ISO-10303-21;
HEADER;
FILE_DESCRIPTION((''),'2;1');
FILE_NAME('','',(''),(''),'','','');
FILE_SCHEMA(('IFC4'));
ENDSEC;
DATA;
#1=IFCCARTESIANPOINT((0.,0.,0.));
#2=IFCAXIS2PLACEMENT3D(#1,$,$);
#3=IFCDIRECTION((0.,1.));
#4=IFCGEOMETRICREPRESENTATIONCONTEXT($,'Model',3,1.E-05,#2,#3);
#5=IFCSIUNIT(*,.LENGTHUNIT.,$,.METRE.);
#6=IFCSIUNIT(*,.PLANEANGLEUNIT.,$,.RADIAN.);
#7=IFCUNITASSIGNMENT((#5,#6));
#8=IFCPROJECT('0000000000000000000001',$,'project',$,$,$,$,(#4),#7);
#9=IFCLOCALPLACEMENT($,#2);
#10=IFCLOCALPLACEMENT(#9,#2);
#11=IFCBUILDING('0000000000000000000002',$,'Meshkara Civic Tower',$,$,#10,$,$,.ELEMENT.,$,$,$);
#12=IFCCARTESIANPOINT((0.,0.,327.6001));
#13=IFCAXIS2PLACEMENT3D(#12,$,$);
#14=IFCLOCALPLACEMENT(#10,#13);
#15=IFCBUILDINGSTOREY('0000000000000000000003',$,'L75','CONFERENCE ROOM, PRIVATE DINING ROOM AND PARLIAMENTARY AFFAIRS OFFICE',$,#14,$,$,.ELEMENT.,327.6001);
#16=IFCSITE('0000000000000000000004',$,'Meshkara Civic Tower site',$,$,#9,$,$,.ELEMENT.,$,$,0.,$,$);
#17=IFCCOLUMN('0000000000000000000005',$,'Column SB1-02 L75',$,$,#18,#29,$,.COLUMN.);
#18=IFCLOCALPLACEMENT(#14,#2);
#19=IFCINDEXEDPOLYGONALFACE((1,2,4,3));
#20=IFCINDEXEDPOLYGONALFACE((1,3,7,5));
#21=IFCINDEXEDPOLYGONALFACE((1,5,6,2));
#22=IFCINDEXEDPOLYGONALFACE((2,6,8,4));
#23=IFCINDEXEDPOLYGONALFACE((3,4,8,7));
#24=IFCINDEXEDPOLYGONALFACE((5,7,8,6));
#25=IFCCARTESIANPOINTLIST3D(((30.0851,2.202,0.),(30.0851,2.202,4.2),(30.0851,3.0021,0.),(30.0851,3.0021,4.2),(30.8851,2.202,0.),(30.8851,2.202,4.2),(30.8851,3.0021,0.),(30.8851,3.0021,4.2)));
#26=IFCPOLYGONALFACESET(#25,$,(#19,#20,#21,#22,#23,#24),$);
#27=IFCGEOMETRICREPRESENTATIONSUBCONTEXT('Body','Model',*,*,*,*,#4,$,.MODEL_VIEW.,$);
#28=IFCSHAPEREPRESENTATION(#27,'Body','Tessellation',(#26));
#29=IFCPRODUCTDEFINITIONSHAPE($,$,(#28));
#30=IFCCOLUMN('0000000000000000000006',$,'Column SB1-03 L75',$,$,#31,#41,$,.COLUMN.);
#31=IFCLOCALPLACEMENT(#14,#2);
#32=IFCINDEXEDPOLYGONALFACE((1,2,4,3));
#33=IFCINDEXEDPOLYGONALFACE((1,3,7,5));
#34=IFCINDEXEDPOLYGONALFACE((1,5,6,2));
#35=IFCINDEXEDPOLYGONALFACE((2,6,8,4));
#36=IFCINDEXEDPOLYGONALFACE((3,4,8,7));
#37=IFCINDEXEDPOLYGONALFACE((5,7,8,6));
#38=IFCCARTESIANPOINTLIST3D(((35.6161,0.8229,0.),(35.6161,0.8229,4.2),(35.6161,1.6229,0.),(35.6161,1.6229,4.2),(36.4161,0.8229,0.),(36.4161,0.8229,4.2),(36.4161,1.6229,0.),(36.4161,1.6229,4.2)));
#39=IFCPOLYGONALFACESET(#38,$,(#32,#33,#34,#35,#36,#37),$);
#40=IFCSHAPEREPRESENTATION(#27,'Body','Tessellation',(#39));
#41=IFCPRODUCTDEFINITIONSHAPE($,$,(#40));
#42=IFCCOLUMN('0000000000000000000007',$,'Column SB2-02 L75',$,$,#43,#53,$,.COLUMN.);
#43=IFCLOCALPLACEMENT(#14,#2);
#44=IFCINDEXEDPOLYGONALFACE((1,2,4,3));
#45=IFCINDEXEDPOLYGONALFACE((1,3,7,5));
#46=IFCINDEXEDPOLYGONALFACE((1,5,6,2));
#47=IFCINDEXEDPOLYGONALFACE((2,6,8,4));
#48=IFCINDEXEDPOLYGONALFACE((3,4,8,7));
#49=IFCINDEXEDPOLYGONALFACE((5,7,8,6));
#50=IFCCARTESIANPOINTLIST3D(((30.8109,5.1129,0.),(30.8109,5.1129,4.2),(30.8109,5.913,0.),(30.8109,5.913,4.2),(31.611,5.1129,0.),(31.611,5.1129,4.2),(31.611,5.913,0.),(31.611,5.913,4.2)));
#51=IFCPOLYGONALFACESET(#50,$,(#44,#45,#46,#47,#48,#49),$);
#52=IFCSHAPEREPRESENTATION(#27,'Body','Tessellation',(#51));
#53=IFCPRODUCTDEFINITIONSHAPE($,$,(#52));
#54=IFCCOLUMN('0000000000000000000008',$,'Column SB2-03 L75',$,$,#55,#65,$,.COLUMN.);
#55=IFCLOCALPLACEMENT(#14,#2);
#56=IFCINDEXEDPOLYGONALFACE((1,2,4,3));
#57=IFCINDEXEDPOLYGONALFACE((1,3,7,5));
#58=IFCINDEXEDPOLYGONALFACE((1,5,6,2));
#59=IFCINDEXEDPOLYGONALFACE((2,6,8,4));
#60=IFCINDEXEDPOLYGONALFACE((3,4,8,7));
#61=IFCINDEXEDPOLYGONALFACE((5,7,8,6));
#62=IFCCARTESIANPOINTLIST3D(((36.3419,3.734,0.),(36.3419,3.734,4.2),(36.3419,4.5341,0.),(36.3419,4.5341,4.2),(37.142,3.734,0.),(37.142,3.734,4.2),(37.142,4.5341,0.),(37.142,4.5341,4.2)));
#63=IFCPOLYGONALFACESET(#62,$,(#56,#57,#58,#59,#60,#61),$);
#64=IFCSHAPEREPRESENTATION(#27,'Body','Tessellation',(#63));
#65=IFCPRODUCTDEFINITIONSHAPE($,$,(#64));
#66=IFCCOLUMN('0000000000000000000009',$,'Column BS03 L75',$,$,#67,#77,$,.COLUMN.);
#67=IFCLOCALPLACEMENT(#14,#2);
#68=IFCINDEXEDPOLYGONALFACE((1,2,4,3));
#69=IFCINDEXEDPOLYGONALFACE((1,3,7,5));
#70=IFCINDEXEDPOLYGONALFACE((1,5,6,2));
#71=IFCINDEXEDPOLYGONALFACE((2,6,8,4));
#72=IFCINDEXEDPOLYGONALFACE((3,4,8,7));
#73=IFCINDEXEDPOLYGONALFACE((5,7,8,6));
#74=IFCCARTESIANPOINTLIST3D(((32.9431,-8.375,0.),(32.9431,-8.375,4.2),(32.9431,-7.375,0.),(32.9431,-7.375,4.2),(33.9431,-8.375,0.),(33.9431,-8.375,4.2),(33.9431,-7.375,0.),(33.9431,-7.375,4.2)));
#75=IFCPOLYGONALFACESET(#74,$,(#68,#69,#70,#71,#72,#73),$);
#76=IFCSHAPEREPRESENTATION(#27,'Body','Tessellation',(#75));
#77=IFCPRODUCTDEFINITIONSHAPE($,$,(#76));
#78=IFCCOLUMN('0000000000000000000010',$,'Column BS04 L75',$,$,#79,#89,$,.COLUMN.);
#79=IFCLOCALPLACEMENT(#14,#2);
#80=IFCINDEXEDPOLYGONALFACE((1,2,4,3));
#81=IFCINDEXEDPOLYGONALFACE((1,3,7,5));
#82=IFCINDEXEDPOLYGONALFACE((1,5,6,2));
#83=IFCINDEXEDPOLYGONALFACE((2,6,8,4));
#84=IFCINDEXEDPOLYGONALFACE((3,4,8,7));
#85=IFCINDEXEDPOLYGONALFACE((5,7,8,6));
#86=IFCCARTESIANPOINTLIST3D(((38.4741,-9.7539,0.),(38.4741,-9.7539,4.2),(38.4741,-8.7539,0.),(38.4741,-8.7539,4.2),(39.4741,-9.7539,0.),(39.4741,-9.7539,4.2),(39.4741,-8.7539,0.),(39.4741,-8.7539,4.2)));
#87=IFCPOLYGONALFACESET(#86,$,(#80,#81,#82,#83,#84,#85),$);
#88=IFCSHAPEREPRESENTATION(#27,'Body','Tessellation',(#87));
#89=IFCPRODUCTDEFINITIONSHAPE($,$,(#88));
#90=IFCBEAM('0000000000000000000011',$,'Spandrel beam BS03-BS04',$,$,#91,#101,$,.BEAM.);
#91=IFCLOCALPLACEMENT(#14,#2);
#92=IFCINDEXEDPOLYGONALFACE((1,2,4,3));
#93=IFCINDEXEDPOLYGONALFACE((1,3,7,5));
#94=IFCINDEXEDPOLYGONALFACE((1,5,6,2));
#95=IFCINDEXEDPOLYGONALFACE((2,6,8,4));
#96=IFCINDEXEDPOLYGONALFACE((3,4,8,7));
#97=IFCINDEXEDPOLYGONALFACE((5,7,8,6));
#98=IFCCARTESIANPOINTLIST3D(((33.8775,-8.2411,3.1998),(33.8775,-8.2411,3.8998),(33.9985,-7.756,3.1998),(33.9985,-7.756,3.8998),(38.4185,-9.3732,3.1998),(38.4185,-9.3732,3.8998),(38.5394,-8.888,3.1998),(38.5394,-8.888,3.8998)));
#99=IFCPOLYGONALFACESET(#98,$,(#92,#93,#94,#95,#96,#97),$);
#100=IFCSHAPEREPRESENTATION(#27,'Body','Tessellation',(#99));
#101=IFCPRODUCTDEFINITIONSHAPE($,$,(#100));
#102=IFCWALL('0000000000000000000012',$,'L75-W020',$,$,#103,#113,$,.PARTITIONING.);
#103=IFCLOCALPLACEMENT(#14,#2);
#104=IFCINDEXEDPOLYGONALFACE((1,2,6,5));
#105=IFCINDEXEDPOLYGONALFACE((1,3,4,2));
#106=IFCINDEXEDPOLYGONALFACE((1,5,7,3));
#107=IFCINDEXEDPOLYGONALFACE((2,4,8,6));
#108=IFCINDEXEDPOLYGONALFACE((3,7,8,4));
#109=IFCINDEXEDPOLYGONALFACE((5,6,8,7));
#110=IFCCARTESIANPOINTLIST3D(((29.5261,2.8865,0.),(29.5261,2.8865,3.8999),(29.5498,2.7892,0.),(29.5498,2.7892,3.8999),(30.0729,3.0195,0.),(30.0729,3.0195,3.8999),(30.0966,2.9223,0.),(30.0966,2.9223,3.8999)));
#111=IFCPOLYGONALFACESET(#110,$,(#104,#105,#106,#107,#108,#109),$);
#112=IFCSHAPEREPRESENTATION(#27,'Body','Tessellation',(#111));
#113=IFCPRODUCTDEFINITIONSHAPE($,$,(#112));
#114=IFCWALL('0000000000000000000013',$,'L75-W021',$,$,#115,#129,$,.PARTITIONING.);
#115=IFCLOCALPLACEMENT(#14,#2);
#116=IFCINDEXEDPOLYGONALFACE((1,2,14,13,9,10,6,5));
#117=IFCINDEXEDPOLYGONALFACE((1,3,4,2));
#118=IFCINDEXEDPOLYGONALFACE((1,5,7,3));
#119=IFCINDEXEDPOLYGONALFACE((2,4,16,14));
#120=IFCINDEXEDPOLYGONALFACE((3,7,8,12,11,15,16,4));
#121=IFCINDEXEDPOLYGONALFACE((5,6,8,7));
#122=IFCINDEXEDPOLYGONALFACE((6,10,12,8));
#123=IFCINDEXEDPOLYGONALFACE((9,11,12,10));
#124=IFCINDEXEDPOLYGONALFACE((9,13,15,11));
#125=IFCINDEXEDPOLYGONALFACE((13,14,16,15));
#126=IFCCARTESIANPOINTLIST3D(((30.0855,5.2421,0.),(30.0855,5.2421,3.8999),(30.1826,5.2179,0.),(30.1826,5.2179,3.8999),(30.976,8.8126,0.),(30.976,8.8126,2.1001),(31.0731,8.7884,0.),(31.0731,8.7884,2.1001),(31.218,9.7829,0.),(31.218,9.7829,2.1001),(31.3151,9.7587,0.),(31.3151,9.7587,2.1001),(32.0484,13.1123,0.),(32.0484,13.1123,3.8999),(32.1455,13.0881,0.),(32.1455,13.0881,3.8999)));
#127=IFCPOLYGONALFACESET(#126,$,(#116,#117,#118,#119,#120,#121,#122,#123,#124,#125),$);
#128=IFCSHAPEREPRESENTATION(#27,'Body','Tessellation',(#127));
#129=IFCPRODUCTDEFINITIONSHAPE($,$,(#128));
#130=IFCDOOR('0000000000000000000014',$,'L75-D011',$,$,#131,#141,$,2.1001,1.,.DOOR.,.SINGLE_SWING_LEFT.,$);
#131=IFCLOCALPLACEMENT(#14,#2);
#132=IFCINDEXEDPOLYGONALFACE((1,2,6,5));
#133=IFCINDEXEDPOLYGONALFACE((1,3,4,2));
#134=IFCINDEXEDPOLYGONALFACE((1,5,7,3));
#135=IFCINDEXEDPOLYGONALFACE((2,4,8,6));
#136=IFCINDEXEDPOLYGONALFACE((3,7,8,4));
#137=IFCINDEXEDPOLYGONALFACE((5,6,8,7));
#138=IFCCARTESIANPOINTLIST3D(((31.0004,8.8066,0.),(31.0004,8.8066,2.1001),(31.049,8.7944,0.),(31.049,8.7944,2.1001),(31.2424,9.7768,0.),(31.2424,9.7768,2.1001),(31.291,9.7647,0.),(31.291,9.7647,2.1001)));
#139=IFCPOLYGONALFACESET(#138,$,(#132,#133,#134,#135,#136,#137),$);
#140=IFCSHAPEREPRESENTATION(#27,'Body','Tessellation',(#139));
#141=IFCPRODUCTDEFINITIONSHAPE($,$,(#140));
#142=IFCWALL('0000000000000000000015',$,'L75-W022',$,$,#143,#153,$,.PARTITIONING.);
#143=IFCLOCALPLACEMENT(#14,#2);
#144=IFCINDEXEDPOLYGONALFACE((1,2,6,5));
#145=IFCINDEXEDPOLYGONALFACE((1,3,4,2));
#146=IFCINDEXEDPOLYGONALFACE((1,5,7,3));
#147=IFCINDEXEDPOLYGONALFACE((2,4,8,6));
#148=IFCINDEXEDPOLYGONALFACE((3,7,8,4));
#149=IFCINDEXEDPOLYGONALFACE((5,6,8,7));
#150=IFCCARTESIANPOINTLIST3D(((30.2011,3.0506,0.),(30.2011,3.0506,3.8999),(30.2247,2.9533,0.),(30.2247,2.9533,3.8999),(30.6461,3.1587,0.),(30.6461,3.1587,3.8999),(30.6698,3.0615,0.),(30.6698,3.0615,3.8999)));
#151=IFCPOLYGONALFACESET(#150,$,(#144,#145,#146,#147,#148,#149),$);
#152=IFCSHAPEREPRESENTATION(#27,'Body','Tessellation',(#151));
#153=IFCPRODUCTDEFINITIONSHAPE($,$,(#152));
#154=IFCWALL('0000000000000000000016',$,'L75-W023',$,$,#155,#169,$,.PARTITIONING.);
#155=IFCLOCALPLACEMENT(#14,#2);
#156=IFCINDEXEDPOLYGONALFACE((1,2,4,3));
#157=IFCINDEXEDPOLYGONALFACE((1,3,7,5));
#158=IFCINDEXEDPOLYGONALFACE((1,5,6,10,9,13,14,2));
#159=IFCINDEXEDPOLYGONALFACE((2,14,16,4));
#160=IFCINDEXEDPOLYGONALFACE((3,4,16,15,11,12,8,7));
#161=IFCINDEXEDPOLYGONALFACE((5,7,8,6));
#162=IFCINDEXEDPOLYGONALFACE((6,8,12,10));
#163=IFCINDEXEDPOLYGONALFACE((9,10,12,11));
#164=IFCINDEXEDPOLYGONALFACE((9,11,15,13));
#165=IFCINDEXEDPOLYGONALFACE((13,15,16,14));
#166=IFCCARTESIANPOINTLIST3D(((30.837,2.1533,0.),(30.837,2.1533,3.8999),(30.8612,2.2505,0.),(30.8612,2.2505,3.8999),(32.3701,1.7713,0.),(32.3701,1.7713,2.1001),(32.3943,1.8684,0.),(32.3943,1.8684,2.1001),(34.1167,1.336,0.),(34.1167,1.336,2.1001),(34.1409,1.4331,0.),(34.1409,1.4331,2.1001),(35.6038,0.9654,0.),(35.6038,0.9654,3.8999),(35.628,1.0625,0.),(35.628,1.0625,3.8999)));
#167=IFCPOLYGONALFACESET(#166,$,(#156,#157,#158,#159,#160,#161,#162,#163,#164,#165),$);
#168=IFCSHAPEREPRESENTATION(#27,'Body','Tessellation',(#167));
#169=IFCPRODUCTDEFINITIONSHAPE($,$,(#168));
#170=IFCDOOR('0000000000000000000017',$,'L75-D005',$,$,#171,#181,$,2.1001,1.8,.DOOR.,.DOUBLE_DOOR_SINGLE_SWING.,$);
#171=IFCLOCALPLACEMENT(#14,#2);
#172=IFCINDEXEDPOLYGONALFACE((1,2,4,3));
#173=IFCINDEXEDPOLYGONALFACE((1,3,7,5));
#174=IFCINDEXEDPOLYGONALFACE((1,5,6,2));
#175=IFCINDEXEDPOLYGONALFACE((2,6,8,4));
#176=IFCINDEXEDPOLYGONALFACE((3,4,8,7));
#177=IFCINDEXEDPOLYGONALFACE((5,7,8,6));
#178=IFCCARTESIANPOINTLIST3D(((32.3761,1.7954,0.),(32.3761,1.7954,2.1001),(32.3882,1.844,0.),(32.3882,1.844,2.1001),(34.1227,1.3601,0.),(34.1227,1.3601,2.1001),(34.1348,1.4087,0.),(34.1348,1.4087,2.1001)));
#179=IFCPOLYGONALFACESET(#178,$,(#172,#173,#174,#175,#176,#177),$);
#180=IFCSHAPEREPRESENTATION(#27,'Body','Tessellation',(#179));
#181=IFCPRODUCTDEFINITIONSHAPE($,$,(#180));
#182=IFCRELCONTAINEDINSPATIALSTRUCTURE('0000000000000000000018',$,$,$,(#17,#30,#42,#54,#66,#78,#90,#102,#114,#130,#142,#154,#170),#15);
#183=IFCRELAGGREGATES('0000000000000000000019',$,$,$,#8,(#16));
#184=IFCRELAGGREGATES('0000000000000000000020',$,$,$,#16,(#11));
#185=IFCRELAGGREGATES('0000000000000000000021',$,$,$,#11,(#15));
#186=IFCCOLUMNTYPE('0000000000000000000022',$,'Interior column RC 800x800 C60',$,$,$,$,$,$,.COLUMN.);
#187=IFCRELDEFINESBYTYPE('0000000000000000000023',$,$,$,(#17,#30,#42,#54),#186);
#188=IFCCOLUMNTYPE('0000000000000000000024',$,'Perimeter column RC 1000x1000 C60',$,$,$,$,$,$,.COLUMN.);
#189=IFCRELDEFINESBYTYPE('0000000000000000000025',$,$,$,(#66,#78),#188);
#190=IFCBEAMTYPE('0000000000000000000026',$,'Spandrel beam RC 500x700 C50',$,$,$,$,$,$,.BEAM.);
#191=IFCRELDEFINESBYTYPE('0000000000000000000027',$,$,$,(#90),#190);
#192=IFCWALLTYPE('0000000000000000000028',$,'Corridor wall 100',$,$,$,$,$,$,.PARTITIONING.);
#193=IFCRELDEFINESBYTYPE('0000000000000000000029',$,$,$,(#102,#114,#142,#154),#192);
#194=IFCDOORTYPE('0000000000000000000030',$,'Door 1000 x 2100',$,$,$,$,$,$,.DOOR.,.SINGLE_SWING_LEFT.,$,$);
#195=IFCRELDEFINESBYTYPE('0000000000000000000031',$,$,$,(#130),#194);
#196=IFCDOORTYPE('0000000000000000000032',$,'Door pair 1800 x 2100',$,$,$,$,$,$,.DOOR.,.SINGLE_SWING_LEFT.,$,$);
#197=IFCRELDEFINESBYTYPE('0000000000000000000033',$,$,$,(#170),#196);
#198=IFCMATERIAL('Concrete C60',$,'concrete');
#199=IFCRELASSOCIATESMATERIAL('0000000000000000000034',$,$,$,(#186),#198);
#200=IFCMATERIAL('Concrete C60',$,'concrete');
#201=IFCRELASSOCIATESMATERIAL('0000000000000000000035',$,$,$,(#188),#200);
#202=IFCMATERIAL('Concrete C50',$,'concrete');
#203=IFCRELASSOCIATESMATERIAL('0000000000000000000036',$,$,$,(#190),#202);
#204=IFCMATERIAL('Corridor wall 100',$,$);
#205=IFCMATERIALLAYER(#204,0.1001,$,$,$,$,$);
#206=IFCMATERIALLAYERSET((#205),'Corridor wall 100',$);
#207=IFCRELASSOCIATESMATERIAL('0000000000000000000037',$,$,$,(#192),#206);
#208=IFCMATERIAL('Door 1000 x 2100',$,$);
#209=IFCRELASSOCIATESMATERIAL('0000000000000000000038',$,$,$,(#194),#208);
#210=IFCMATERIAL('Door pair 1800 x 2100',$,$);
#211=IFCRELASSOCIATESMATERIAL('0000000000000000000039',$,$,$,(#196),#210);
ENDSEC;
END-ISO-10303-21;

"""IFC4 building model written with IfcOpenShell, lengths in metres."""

from ifc_helpers import new_model, si_unit, direction, frame, frame_2d, origin, origin_2d, place, context, subcontext, project, spatial, rectangle, extrude, material, layer, layer_set, material_profile, profile_set, type_object, element, fill, save


model = new_model("IFC4")

# Units and contexts
model_context = context("Model", 3, precision=1e-05, world=origin(), true_north=direction((0.0, 1.0)))
body_context = subcontext(model_context, "Body", "Model", "MODEL_VIEW")
ifc_project = project(units=[si_unit("LENGTHUNIT", "METRE"), si_unit("PLANEANGLEUNIT", "RADIAN")], contexts=[model_context])

# Site, building, storey
site_placement = place(None, origin())
site = spatial("IfcSite", under=ifc_project, at=site_placement, Name="Meshkara Civic Tower site", CompositionType="ELEMENT", RefElevation=0.0)
building_placement = place(site_placement, origin())
building = spatial("IfcBuilding", under=site, at=building_placement, Name="Meshkara Civic Tower", CompositionType="ELEMENT")
storey_placement = place(building_placement, frame((0.0, 0.0, 327.6001)))
storey = spatial("IfcBuildingStorey", under=building, at=storey_placement, Name="L75", Description="CONFERENCE ROOM, PRIVATE DINING ROOM AND PARLIAMENTARY AFFAIRS OFFICE", CompositionType="ELEMENT", Elevation=327.6001)

# Columns
ifc_material_1 = material(Name="Concrete C60", Category="concrete")
ifc_material_profile_1 = material_profile(ifc_material_1, rectangle(XDim=0.8, YDim=0.8, at=origin_2d()))
ifc_profile_set_1 = profile_set([ifc_material_profile_1], Name="Concrete C60")
column_type_1 = type_object("IfcColumnType", Name="Interior column RC 800x800 C60", PredefinedType="COLUMN", material=ifc_profile_set_1)
for number, where, z_axis, x_axis, name in (
    (1, (30.4851, 2.6021, 0.0), (0.0, 0.0, 1.0), (1.0, 0.0, 0.0), "Column SB1-02 L75"),
    (2, (36.0161, 1.2229, 0.0), (0.0, 0.0, 1.0), (1.0, 0.0, 0.0), "Column SB1-03 L75"),
    (3, (31.2109, 5.5129, 0.0), (0.0, 0.0, 1.0), (1.0, 0.0, 0.0), "Column SB2-02 L75"),
    (4, (36.7419, 4.134, 0.0), (0.0, 0.0, 1.0), (1.0, 0.0, 0.0), "Column SB2-03 L75"),
):
    element("IfcColumn", number, at=place(storey_placement, frame(where, z_axis=z_axis, x_axis=x_axis)), inside=storey, type_object=column_type_1, Name=name, PredefinedType="COLUMN", context=body_context, shape_type="SweptSolid", body=[
        extrude(rectangle(XDim=0.8, YDim=0.8, at=origin_2d()), origin(), (0.0, 0.0, 1.0), 4.2),
    ])
ifc_material_2 = material(Name="Concrete C60", Category="concrete")
ifc_material_profile_2 = material_profile(ifc_material_2, rectangle(XDim=1.0, YDim=1.0, at=origin_2d()))
ifc_profile_set_2 = profile_set([ifc_material_profile_2], Name="Concrete C60")
column_type_2 = type_object("IfcColumnType", Name="Perimeter column RC 1000x1000 C60", PredefinedType="COLUMN", material=ifc_profile_set_2)
for number, where, z_axis, x_axis, name in (
    (5, (33.4431, -7.875, 0.0), (0.0, 0.0, 1.0), (1.0, 0.0, 0.0), "Column BS03 L75"),
    (6, (38.9741, -9.2539, 0.0), (0.0, 0.0, 1.0), (1.0, 0.0, 0.0), "Column BS04 L75"),
):
    element("IfcColumn", number, at=place(storey_placement, frame(where, z_axis=z_axis, x_axis=x_axis)), inside=storey, type_object=column_type_2, Name=name, PredefinedType="COLUMN", context=body_context, shape_type="SweptSolid", body=[
        extrude(rectangle(XDim=1.0, YDim=1.0, at=origin_2d()), origin(), (0.0, 0.0, 1.0), 4.2),
    ])

# Beam
ifc_material_3 = material(Name="Concrete C50", Category="concrete")
ifc_material_profile_3 = material_profile(ifc_material_3, rectangle(XDim=0.5, YDim=0.7, at=origin_2d()))
ifc_profile_set_3 = profile_set([ifc_material_profile_3], Name="Concrete C50")
beam_type = type_object("IfcBeamType", Name="Spandrel beam RC 500x700 C50", PredefinedType="BEAM", material=ifc_profile_set_3)
beam_placement = place(storey_placement, frame((33.938, -7.9985, 3.5498), z_axis=(0.970302, -0.241897, 0.0), x_axis=(0.241897, 0.970302, 0.0)))
element("IfcBeam", 7, at=beam_placement, inside=storey, type_object=beam_type, Name="Spandrel beam BS03-BS04", PredefinedType="BEAM", context=body_context, shape_type="SweptSolid", body=[
    extrude(rectangle(XDim=0.5, YDim=0.7, at=origin_2d()), origin(), (0.0, 0.0, 1.0), 4.6799),
])

# Wall
ifc_material_4 = material(Name="Corridor wall 100")
ifc_layer_1 = layer(ifc_material_4, 0.1001)
ifc_layer_set_1 = layer_set([ifc_layer_1], Name="Corridor wall 100")
wall_type_1 = type_object("IfcWallType", Name="Corridor wall 100", PredefinedType="PARTITIONING", material=ifc_layer_set_1)
wall_1_placement = place(storey_placement, frame((29.5381, 2.8379, 0.0), z_axis=(0.0, 0.0, 1.0), x_axis=(0.971654, 0.236407, 0.0)))
element("IfcWall", 8, at=wall_1_placement, inside=storey, type_object=wall_type_1, Name="L75-W020", PredefinedType="PARTITIONING", context=body_context, shape_type="SweptSolid", body=[
    extrude(rectangle(XDim=0.5627, YDim=0.1001, at=frame_2d((0.2812, 0.0))), origin(), (0.0, 0.0, 1.0), 3.8999),
])

# Wall, opening, door
wall_2_placement = place(storey_placement, frame((30.134, 5.23, 0.0), z_axis=(0.0, 0.0, 1.0), x_axis=(0.241997, 0.970277, 0.0)))
wall_2 = element("IfcWall", 9, at=wall_2_placement, inside=storey, type_object=wall_type_1, Name="L75-W021", PredefinedType="PARTITIONING", context=body_context, shape_type="SweptSolid", body=[
    extrude(rectangle(XDim=8.1113, YDim=0.1001, at=frame_2d((4.0557, 0.0))), origin(), (0.0, 0.0, 1.0), 3.8999),
])
opening_1_placement = place(wall_2_placement, frame((3.6799, 0.0, 0.0)))
opening_1 = element("IfcOpeningElement", 10, at=opening_1_placement, cuts=wall_2, PredefinedType="OPENING", context=body_context, shape_type="SweptSolid", body=[
    extrude(rectangle(XDim=1.0, YDim=2.1001, at=frame_2d((0.5, 1.05))), frame((0.0, 0.0601, 0.0), z_axis=(0.0, -1.0, 0.0), x_axis=(1.0, 0.0, 0.0)), (0.0, 0.0, 1.0), 0.1201),
])
ifc_material_5 = material(Name="Door 1000 x 2100")
door_type_1 = type_object("IfcDoorType", Name="Door 1000 x 2100", OperationType="SINGLE_SWING_LEFT", PredefinedType="DOOR", material=ifc_material_5)
door_1_placement = place(opening_1_placement, origin())
door_1 = element("IfcDoor", 11, at=door_1_placement, inside=storey, type_object=door_type_1, Name="L75-D011", OperationType="SINGLE_SWING_LEFT", OverallHeight=2.1001, OverallWidth=1.0, PredefinedType="DOOR", context=body_context, shape_type="SweptSolid", body=[
    extrude(rectangle(XDim=1.0, YDim=2.1001, at=frame_2d((0.5, 1.05))), frame((0.0, 0.0249, 0.0), z_axis=(0.0, -1.0, 0.0), x_axis=(1.0, 0.0, 0.0)), (0.0, 0.0, 1.0), 0.05),
])
fill(opening_1, door_1)

# Wall
wall_3_placement = place(storey_placement, frame((30.2129, 3.002, 0.0), z_axis=(0.0, 0.0, 1.0), x_axis=(0.971721, 0.236134, 0.0)))
element("IfcWall", 12, at=wall_3_placement, inside=storey, type_object=wall_type_1, Name="L75-W022", PredefinedType="PARTITIONING", context=body_context, shape_type="SweptSolid", body=[
    extrude(rectangle(XDim=0.458, YDim=0.1001, at=frame_2d((0.229, 0.0))), origin(), (0.0, 0.0, 1.0), 3.8999),
])

# Wall, opening, door
wall_4_placement = place(storey_placement, frame((30.8491, 2.2019, 0.0), z_axis=(0.0, 0.0, 1.0), x_axis=(0.970321, -0.241822, 0.0)))
wall_4 = element("IfcWall", 13, at=wall_4_placement, inside=storey, type_object=wall_type_1, Name="L75-W023", PredefinedType="PARTITIONING", context=body_context, shape_type="SweptSolid", body=[
    extrude(rectangle(XDim=4.9126, YDim=0.1001, at=frame_2d((2.4563, 0.0))), origin(), (0.0, 0.0, 1.0), 3.8999),
])
opening_2_placement = place(wall_4_placement, frame((1.5801, 0.0, 0.0)))
opening_2 = element("IfcOpeningElement", 14, at=opening_2_placement, cuts=wall_4, PredefinedType="OPENING", context=body_context, shape_type="SweptSolid", body=[
    extrude(rectangle(XDim=1.8, YDim=2.1001, at=frame_2d((0.8999, 1.05))), frame((0.0, 0.0601, 0.0), z_axis=(0.0, -1.0, 0.0), x_axis=(1.0, 0.0, 0.0)), (0.0, 0.0, 1.0), 0.1201),
])
ifc_material_6 = material(Name="Door pair 1800 x 2100")
door_type_2 = type_object("IfcDoorType", Name="Door pair 1800 x 2100", OperationType="SINGLE_SWING_LEFT", PredefinedType="DOOR", material=ifc_material_6)
door_2_placement = place(opening_2_placement, origin())
door_2 = element("IfcDoor", 15, at=door_2_placement, inside=storey, type_object=door_type_2, Name="L75-D005", OperationType="DOUBLE_DOOR_SINGLE_SWING", OverallHeight=2.1001, OverallWidth=1.8, PredefinedType="DOOR", context=body_context, shape_type="SweptSolid", body=[
    extrude(rectangle(XDim=1.8, YDim=2.1001, at=frame_2d((0.8999, 1.05))), frame((0.0, 0.0249, 0.0), z_axis=(0.0, -1.0, 0.0), x_axis=(1.0, 0.0, 0.0)), (0.0, 0.0, 1.0), 0.05),
])
fill(opening_2, door_2)

save(model, "model.ifc")
